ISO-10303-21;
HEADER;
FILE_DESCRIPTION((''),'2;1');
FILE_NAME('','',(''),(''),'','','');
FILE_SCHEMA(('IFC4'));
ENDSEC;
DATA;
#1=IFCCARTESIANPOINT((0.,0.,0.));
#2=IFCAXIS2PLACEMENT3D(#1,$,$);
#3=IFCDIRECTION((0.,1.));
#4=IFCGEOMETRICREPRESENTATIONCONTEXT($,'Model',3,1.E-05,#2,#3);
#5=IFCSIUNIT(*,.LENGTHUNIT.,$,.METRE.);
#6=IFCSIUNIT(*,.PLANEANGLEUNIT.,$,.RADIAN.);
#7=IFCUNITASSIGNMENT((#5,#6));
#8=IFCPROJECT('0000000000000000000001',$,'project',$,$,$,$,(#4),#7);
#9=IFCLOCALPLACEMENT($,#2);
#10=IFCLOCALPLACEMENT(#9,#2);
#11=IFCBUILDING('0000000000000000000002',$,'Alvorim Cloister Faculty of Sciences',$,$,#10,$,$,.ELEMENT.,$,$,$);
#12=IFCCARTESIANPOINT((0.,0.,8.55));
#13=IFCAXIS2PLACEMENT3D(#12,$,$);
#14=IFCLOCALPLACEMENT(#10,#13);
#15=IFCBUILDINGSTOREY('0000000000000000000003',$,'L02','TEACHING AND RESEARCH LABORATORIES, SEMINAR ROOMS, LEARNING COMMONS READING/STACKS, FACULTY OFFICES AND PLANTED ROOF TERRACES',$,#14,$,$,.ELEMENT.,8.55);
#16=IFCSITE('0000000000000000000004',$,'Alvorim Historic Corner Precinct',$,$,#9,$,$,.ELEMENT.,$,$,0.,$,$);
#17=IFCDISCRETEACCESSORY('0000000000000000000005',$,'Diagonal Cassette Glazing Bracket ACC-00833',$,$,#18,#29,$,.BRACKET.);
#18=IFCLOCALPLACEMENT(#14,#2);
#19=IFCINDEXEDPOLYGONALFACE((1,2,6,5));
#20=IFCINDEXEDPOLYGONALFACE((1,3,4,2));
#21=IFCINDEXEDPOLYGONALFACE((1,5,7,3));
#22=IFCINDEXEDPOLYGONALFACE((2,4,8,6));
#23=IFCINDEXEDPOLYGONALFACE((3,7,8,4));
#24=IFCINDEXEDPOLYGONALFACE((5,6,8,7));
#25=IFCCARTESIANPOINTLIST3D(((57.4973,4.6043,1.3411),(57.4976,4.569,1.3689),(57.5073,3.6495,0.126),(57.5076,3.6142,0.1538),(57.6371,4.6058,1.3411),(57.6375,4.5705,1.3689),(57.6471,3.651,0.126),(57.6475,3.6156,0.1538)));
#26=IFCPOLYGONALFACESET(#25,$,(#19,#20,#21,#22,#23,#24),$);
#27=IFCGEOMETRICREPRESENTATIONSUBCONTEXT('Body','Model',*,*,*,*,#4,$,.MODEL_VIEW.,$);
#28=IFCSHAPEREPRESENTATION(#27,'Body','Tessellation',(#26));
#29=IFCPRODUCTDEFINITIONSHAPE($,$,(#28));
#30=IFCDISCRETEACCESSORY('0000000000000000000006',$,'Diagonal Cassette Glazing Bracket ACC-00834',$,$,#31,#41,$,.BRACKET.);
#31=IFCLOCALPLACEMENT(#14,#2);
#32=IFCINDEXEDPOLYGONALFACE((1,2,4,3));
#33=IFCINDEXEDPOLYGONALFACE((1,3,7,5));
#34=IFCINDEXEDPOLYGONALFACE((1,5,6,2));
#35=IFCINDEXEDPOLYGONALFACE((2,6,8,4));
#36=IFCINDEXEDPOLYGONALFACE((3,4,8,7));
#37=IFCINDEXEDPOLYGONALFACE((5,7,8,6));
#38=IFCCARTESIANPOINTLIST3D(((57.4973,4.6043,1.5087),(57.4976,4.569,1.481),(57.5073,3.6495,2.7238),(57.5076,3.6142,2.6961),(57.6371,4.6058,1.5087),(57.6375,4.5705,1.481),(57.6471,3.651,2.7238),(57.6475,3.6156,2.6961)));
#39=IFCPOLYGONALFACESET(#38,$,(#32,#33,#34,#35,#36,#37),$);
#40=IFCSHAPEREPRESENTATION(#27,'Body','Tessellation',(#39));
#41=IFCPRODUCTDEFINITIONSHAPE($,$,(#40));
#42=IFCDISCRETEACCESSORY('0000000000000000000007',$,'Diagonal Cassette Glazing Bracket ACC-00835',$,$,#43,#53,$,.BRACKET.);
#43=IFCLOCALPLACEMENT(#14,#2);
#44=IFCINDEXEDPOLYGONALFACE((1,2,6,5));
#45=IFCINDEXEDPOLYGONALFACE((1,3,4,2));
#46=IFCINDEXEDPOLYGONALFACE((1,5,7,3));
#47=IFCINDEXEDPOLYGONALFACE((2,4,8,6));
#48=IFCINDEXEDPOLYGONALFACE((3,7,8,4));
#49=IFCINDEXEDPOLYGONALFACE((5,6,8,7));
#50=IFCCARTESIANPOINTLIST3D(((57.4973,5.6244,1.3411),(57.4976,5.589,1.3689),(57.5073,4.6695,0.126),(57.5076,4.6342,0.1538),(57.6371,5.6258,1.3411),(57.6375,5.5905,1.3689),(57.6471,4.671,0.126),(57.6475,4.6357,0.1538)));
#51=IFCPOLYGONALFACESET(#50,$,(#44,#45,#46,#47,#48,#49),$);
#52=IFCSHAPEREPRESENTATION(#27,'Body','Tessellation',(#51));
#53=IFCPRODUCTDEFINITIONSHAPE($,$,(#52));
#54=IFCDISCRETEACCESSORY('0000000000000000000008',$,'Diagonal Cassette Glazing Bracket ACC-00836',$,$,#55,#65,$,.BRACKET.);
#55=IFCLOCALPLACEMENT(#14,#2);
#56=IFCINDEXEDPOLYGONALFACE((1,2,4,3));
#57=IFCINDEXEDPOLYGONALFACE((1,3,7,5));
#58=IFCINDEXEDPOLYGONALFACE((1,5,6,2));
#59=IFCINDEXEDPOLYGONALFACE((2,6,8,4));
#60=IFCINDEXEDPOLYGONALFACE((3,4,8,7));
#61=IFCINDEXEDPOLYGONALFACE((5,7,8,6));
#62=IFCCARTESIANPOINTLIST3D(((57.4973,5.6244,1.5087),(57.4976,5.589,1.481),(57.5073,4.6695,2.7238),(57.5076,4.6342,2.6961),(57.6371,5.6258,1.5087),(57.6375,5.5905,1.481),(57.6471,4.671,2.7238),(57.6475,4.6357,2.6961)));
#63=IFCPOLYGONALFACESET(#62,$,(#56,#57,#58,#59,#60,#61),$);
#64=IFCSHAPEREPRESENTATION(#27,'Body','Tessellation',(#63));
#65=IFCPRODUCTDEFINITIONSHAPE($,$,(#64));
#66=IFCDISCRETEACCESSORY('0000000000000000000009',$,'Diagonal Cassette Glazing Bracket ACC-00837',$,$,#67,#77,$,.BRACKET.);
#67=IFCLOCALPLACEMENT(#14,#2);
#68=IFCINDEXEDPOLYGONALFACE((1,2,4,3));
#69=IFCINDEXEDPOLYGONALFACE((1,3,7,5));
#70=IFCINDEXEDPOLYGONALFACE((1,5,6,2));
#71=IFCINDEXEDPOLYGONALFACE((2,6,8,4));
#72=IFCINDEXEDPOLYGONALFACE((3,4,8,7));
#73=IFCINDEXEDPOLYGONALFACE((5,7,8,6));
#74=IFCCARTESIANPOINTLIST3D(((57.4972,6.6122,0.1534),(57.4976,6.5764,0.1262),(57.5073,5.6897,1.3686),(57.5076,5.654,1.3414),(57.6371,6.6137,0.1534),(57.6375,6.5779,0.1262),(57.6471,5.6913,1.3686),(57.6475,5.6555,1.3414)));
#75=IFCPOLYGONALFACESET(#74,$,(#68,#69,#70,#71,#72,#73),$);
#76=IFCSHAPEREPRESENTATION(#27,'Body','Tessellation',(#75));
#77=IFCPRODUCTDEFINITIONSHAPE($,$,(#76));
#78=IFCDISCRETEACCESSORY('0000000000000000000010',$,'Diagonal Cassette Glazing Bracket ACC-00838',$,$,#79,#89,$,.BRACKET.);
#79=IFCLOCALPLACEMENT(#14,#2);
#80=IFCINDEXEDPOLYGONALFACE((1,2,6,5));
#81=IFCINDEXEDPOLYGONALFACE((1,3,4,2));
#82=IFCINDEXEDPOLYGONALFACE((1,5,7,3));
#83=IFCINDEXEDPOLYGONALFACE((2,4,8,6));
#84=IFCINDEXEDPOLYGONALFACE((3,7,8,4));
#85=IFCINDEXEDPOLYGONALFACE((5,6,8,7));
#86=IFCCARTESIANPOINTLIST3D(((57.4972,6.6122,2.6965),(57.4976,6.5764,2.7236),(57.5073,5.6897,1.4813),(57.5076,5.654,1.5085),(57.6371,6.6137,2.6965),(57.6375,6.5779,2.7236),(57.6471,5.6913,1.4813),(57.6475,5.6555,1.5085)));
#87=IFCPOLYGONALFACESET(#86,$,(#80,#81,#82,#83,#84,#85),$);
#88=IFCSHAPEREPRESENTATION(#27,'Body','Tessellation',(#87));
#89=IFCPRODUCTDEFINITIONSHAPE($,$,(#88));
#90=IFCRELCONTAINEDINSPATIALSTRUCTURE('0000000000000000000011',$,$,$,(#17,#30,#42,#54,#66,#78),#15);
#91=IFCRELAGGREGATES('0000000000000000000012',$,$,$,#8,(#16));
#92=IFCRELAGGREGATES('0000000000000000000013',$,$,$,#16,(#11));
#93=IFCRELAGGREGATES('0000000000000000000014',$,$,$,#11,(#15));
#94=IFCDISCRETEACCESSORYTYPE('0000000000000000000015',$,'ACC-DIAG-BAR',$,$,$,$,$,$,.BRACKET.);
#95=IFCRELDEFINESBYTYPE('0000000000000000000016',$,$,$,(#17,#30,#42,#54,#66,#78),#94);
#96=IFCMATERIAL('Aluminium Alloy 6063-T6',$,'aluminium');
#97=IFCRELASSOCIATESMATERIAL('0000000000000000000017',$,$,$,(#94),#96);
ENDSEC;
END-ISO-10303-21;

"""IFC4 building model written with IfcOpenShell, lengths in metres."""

from ifc_helpers import new_model, si_unit, direction, frame, origin, origin_2d, place, context, subcontext, project, spatial, rectangle, extrude, material, type_object, element, save


model = new_model("IFC4")

# Units and contexts
model_context = context("Model", 3, precision=1e-05, world=origin(), true_north=direction((0.0, 1.0)))
body_context = subcontext(model_context, "Body", "Model", "MODEL_VIEW")
ifc_project = project(units=[si_unit("LENGTHUNIT", "METRE"), si_unit("PLANEANGLEUNIT", "RADIAN")], contexts=[model_context])

# Site, building, storey
site_placement = place(None, origin())
site = spatial("IfcSite", under=ifc_project, at=site_placement, Name="Alvorim Historic Corner Precinct", CompositionType="ELEMENT", RefElevation=0.0)
building_placement = place(site_placement, origin())
building = spatial("IfcBuilding", under=site, at=building_placement, Name="Alvorim Cloister Faculty of Sciences", CompositionType="ELEMENT")
storey_placement = place(building_placement, frame((0.0, 0.0, 8.55)))
storey = spatial("IfcBuildingStorey", under=building, at=storey_placement, Name="L02", Description="TEACHING AND RESEARCH LABORATORIES, SEMINAR ROOMS, LEARNING COMMONS READING/STACKS, FACULTY OFFICES AND PLANTED ROOF TERRACES", CompositionType="ELEMENT", Elevation=8.55)

# Shared definitions
ifc_material_1 = material(Name="Aluminium Alloy 6063-T6", Category="aluminium")

# Discrete accessories
discrete_accessory_type_1 = type_object("IfcDiscreteAccessoryType", Name="ACC-DIAG-BAR", PredefinedType="BRACKET", material=ifc_material_1)
for number, where, z_axis, x_axis, name in (
    (1, (57.5774, 3.6326, 0.1399), (-0.006477, 0.617857, 0.786263), (-0.999945, -0.010483, 0.0), "Diagonal Cassette Glazing Bracket ACC-00833"),
    (2, (57.5774, 3.6326, 2.71), (-0.006477, 0.617857, -0.786263), (-0.999945, -0.010483, 0.0), "Diagonal Cassette Glazing Bracket ACC-00834"),
    (3, (57.5774, 4.6526, 0.1399), (-0.006477, 0.617857, 0.786263), (-0.999945, -0.010483, 0.0), "Diagonal Cassette Glazing Bracket ACC-00835"),
    (4, (57.5774, 4.6526, 2.71), (-0.006477, 0.617857, -0.786263), (-0.999945, -0.010483, 0.0), "Diagonal Cassette Glazing Bracket ACC-00836"),
):
    element("IfcDiscreteAccessory", number, at=place(storey_placement, frame(where, z_axis=z_axis, x_axis=x_axis)), inside=storey, type_object=discrete_accessory_type_1, Name=name, PredefinedType="BRACKET", context=body_context, shape_type="SweptSolid", body=[
        extrude(rectangle(XDim=0.1399, YDim=0.0449, at=origin_2d()), origin(), (0.0, 0.0, 1.0), 1.5454),
    ])
for number, where, z_axis, x_axis, name in (
    (5, (57.5774, 5.6726, 1.355), (-0.006561, 0.604612, -0.796493), (-0.999941, -0.010852, 0.0), "Diagonal Cassette Glazing Bracket ACC-00837"),
    (6, (57.5774, 5.6726, 1.4949), (-0.006561, 0.604612, 0.796493), (-0.999941, -0.010852, 0.0), "Diagonal Cassette Glazing Bracket ACC-00838"),
):
    element("IfcDiscreteAccessory", number, at=place(storey_placement, frame(where, z_axis=z_axis, x_axis=x_axis)), inside=storey, type_object=discrete_accessory_type_1, Name=name, PredefinedType="BRACKET", context=body_context, shape_type="SweptSolid", body=[
        extrude(rectangle(XDim=0.1399, YDim=0.0449, at=origin_2d()), origin(), (0.0, 0.0, 1.0), 1.5256),
    ])

save(model, "model.ifc")
